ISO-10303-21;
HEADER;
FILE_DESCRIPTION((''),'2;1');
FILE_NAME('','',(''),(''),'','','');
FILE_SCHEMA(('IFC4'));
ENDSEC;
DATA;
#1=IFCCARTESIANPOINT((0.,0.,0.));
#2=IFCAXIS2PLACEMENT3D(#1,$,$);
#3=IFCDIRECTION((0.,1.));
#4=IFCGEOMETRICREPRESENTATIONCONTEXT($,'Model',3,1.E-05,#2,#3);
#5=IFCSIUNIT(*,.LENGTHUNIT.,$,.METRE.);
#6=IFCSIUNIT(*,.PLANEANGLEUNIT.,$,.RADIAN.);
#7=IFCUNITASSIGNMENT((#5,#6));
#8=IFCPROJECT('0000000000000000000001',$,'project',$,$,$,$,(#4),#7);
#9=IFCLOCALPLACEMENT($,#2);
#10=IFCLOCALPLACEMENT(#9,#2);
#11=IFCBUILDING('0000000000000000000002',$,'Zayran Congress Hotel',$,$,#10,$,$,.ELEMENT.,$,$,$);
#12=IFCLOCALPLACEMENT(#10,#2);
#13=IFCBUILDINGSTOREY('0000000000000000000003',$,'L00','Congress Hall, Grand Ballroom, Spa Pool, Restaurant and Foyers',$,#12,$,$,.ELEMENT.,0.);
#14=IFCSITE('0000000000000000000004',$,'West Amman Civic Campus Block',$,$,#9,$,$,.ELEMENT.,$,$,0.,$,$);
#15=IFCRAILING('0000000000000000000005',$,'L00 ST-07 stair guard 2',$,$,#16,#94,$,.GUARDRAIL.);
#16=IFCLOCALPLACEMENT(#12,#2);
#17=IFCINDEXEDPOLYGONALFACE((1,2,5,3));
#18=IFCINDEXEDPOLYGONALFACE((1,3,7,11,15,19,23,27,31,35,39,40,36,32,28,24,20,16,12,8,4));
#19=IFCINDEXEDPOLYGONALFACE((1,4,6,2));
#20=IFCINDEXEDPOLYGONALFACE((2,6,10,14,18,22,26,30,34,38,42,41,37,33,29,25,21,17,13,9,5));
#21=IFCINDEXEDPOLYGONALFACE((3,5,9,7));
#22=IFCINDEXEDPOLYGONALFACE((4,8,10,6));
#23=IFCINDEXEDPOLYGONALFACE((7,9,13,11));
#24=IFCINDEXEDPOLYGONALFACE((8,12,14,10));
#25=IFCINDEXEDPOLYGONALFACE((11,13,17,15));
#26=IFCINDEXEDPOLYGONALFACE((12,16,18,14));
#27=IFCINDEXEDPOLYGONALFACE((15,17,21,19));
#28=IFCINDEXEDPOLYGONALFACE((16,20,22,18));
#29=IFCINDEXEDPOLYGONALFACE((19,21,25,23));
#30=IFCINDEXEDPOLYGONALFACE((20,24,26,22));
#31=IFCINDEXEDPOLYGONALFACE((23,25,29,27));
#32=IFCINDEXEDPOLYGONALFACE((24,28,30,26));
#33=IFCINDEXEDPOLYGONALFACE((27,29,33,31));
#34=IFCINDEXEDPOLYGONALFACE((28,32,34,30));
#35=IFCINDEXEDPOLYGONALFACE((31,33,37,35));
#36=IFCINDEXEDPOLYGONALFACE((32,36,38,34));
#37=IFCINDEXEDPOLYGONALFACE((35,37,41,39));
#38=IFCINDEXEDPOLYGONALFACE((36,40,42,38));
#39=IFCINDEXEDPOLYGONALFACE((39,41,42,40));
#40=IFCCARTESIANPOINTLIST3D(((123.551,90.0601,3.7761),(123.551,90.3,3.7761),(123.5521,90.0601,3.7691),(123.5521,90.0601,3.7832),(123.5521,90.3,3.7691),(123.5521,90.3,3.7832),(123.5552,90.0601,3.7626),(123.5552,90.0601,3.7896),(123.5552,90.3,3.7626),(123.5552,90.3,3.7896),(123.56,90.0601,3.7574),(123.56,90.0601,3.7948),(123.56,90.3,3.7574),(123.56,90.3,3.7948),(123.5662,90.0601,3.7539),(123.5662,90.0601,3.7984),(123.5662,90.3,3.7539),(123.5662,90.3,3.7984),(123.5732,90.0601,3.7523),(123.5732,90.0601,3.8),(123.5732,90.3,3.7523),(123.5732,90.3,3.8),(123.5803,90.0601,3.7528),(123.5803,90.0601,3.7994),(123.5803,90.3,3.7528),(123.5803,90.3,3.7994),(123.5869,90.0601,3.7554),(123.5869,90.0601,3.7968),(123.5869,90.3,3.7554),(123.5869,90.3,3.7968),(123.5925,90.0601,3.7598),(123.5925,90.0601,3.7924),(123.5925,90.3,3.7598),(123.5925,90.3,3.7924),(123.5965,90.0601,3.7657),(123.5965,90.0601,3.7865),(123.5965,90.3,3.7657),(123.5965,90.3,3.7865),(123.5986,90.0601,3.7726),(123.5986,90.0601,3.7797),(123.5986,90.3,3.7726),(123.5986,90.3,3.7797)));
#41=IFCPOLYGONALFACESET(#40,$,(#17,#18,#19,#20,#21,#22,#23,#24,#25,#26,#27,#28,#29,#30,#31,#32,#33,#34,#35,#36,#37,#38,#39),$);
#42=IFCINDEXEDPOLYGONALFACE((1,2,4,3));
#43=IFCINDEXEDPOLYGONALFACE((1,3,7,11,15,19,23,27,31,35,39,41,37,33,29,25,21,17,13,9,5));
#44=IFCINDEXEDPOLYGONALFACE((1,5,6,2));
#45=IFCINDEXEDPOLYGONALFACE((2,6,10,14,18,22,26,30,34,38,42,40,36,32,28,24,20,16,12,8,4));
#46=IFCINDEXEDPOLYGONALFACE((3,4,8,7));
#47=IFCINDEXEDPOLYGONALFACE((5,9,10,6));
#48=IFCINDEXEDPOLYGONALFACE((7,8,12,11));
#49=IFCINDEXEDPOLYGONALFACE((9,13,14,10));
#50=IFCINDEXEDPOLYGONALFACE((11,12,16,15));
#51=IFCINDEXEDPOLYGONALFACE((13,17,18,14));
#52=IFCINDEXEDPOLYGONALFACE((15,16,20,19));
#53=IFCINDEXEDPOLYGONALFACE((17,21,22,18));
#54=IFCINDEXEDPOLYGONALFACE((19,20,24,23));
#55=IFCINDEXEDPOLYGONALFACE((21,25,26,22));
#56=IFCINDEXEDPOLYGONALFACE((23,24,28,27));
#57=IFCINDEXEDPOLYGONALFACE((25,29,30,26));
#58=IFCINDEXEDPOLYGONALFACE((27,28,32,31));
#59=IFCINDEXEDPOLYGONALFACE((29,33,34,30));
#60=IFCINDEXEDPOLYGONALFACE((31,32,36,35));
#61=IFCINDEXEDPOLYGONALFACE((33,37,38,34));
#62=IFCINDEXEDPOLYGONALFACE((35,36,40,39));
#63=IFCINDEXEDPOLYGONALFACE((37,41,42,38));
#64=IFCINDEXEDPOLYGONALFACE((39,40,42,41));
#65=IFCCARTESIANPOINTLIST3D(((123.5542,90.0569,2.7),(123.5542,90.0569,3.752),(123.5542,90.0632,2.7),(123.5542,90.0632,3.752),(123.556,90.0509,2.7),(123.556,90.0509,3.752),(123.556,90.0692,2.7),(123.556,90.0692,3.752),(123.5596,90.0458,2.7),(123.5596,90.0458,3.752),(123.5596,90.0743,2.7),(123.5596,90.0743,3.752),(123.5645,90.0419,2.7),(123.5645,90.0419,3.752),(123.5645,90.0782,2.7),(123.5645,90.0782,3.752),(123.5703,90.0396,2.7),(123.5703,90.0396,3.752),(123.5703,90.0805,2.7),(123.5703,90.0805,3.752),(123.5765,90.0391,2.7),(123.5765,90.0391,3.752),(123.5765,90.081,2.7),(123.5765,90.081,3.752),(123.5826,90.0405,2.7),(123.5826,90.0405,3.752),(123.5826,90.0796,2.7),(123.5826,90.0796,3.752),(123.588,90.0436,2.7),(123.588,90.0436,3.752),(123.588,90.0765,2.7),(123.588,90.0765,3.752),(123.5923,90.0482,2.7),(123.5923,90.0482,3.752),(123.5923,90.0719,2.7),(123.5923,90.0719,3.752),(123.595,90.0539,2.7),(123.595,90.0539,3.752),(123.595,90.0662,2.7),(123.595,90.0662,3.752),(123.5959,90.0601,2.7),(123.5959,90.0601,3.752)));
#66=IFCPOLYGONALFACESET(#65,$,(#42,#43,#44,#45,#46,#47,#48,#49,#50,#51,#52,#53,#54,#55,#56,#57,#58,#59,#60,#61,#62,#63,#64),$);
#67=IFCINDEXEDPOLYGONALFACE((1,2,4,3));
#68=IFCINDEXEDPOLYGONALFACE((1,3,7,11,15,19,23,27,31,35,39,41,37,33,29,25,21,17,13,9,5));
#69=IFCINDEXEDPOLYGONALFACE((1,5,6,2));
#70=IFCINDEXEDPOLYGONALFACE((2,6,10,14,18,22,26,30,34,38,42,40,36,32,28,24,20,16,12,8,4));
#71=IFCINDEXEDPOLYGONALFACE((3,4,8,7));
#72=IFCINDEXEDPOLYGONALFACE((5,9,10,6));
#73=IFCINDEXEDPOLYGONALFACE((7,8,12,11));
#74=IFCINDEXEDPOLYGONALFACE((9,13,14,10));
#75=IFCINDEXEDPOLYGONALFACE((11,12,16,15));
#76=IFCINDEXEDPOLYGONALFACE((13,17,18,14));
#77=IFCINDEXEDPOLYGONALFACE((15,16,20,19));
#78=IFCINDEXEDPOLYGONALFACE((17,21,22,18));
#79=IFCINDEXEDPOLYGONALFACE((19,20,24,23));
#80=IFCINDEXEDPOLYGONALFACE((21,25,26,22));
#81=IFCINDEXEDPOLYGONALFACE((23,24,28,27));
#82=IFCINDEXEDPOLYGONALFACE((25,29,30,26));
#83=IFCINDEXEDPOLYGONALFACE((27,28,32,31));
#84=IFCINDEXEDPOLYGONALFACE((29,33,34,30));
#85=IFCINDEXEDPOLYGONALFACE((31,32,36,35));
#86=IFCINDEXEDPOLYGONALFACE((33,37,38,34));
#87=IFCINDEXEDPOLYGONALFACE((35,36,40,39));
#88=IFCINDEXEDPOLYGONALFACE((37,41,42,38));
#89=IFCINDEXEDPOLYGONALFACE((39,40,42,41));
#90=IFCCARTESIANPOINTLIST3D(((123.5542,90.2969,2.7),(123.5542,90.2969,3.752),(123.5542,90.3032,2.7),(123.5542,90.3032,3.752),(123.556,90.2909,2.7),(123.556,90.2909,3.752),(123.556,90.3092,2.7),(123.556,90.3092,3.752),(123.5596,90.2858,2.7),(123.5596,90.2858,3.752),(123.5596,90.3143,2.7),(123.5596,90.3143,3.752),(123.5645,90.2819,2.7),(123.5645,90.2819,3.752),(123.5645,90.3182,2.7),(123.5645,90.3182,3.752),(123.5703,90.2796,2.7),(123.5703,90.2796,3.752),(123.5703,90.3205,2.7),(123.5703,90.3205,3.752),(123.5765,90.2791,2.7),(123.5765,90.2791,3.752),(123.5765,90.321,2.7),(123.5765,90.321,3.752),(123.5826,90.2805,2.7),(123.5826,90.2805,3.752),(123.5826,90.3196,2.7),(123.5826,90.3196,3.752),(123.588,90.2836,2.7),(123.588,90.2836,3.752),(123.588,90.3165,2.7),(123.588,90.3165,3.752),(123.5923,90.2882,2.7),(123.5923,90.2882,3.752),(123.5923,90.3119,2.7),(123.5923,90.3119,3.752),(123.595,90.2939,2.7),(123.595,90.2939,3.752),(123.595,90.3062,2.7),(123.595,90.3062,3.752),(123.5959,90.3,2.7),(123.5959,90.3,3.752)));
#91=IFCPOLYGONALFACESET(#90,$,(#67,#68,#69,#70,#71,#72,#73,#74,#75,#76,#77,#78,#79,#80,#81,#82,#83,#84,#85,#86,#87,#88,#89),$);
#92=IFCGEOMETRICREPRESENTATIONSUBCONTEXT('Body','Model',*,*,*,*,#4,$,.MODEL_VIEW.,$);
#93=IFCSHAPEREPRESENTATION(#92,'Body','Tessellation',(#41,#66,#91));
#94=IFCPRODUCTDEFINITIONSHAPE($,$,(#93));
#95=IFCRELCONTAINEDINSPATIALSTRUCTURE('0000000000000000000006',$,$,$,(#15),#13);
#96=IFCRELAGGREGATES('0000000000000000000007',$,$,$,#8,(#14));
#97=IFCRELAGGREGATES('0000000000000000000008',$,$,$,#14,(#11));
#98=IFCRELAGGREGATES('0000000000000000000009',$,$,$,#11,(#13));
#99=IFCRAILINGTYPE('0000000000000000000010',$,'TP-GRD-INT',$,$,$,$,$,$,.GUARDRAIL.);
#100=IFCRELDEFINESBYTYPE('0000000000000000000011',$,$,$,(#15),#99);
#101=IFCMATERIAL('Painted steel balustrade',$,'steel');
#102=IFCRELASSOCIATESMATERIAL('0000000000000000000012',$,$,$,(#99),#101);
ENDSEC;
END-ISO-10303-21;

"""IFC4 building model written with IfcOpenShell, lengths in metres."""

from ifc_helpers import new_model, si_unit, direction, frame, origin, origin_2d, place, context, subcontext, project, spatial, circle, extrude, material, type_object, element, save


model = new_model("IFC4")

# Units and contexts
model_context = context("Model", 3, precision=1e-05, world=origin(), true_north=direction((0.0, 1.0)))
body_context = subcontext(model_context, "Body", "Model", "MODEL_VIEW")
ifc_project = project(units=[si_unit("LENGTHUNIT", "METRE"), si_unit("PLANEANGLEUNIT", "RADIAN")], contexts=[model_context])

# Site, building, storey
site_placement = place(None, origin())
site = spatial("IfcSite", under=ifc_project, at=site_placement, Name="West Amman Civic Campus Block", CompositionType="ELEMENT", RefElevation=0.0)
building_placement = place(site_placement, origin())
building = spatial("IfcBuilding", under=site, at=building_placement, Name="Zayran Congress Hotel", CompositionType="ELEMENT")
storey_placement = place(building_placement, origin())
storey = spatial("IfcBuildingStorey", under=building, at=storey_placement, Name="L00", Description="Congress Hall, Grand Ballroom, Spa Pool, Restaurant and Foyers", CompositionType="ELEMENT", Elevation=0.0)

# Railing
ifc_material_1 = material(Name="Painted steel balustrade", Category="steel")
railing_type_1 = type_object("IfcRailingType", Name="TP-GRD-INT", PredefinedType="GUARDRAIL", material=ifc_material_1)
railing_1_placement = place(storey_placement, frame((123.575, 90.0601, 2.7)))
element("IfcRailing", 1, at=railing_1_placement, inside=storey, type_object=railing_type_1, Name="L00 ST-07 stair guard 2", PredefinedType="GUARDRAIL", context=body_context, shape_type="SweptSolid", body=[
    extrude(circle(Radius=0.0239, at=origin_2d()), frame((0.0, 0.0, 1.0762), z_axis=(0.0, 1.0, 0.0), x_axis=(-1.0, 0.0, 0.0)), (0.0, 0.0, 1.0), 0.24),
    extrude(circle(Radius=0.021, at=origin_2d()), origin(), (0.0, 0.0, 1.0), 1.052),
    extrude(circle(Radius=0.021, at=origin_2d()), frame((0.0, 0.24, 0.0)), (0.0, 0.0, 1.0), 1.052),
])

save(model, "model.ifc")
